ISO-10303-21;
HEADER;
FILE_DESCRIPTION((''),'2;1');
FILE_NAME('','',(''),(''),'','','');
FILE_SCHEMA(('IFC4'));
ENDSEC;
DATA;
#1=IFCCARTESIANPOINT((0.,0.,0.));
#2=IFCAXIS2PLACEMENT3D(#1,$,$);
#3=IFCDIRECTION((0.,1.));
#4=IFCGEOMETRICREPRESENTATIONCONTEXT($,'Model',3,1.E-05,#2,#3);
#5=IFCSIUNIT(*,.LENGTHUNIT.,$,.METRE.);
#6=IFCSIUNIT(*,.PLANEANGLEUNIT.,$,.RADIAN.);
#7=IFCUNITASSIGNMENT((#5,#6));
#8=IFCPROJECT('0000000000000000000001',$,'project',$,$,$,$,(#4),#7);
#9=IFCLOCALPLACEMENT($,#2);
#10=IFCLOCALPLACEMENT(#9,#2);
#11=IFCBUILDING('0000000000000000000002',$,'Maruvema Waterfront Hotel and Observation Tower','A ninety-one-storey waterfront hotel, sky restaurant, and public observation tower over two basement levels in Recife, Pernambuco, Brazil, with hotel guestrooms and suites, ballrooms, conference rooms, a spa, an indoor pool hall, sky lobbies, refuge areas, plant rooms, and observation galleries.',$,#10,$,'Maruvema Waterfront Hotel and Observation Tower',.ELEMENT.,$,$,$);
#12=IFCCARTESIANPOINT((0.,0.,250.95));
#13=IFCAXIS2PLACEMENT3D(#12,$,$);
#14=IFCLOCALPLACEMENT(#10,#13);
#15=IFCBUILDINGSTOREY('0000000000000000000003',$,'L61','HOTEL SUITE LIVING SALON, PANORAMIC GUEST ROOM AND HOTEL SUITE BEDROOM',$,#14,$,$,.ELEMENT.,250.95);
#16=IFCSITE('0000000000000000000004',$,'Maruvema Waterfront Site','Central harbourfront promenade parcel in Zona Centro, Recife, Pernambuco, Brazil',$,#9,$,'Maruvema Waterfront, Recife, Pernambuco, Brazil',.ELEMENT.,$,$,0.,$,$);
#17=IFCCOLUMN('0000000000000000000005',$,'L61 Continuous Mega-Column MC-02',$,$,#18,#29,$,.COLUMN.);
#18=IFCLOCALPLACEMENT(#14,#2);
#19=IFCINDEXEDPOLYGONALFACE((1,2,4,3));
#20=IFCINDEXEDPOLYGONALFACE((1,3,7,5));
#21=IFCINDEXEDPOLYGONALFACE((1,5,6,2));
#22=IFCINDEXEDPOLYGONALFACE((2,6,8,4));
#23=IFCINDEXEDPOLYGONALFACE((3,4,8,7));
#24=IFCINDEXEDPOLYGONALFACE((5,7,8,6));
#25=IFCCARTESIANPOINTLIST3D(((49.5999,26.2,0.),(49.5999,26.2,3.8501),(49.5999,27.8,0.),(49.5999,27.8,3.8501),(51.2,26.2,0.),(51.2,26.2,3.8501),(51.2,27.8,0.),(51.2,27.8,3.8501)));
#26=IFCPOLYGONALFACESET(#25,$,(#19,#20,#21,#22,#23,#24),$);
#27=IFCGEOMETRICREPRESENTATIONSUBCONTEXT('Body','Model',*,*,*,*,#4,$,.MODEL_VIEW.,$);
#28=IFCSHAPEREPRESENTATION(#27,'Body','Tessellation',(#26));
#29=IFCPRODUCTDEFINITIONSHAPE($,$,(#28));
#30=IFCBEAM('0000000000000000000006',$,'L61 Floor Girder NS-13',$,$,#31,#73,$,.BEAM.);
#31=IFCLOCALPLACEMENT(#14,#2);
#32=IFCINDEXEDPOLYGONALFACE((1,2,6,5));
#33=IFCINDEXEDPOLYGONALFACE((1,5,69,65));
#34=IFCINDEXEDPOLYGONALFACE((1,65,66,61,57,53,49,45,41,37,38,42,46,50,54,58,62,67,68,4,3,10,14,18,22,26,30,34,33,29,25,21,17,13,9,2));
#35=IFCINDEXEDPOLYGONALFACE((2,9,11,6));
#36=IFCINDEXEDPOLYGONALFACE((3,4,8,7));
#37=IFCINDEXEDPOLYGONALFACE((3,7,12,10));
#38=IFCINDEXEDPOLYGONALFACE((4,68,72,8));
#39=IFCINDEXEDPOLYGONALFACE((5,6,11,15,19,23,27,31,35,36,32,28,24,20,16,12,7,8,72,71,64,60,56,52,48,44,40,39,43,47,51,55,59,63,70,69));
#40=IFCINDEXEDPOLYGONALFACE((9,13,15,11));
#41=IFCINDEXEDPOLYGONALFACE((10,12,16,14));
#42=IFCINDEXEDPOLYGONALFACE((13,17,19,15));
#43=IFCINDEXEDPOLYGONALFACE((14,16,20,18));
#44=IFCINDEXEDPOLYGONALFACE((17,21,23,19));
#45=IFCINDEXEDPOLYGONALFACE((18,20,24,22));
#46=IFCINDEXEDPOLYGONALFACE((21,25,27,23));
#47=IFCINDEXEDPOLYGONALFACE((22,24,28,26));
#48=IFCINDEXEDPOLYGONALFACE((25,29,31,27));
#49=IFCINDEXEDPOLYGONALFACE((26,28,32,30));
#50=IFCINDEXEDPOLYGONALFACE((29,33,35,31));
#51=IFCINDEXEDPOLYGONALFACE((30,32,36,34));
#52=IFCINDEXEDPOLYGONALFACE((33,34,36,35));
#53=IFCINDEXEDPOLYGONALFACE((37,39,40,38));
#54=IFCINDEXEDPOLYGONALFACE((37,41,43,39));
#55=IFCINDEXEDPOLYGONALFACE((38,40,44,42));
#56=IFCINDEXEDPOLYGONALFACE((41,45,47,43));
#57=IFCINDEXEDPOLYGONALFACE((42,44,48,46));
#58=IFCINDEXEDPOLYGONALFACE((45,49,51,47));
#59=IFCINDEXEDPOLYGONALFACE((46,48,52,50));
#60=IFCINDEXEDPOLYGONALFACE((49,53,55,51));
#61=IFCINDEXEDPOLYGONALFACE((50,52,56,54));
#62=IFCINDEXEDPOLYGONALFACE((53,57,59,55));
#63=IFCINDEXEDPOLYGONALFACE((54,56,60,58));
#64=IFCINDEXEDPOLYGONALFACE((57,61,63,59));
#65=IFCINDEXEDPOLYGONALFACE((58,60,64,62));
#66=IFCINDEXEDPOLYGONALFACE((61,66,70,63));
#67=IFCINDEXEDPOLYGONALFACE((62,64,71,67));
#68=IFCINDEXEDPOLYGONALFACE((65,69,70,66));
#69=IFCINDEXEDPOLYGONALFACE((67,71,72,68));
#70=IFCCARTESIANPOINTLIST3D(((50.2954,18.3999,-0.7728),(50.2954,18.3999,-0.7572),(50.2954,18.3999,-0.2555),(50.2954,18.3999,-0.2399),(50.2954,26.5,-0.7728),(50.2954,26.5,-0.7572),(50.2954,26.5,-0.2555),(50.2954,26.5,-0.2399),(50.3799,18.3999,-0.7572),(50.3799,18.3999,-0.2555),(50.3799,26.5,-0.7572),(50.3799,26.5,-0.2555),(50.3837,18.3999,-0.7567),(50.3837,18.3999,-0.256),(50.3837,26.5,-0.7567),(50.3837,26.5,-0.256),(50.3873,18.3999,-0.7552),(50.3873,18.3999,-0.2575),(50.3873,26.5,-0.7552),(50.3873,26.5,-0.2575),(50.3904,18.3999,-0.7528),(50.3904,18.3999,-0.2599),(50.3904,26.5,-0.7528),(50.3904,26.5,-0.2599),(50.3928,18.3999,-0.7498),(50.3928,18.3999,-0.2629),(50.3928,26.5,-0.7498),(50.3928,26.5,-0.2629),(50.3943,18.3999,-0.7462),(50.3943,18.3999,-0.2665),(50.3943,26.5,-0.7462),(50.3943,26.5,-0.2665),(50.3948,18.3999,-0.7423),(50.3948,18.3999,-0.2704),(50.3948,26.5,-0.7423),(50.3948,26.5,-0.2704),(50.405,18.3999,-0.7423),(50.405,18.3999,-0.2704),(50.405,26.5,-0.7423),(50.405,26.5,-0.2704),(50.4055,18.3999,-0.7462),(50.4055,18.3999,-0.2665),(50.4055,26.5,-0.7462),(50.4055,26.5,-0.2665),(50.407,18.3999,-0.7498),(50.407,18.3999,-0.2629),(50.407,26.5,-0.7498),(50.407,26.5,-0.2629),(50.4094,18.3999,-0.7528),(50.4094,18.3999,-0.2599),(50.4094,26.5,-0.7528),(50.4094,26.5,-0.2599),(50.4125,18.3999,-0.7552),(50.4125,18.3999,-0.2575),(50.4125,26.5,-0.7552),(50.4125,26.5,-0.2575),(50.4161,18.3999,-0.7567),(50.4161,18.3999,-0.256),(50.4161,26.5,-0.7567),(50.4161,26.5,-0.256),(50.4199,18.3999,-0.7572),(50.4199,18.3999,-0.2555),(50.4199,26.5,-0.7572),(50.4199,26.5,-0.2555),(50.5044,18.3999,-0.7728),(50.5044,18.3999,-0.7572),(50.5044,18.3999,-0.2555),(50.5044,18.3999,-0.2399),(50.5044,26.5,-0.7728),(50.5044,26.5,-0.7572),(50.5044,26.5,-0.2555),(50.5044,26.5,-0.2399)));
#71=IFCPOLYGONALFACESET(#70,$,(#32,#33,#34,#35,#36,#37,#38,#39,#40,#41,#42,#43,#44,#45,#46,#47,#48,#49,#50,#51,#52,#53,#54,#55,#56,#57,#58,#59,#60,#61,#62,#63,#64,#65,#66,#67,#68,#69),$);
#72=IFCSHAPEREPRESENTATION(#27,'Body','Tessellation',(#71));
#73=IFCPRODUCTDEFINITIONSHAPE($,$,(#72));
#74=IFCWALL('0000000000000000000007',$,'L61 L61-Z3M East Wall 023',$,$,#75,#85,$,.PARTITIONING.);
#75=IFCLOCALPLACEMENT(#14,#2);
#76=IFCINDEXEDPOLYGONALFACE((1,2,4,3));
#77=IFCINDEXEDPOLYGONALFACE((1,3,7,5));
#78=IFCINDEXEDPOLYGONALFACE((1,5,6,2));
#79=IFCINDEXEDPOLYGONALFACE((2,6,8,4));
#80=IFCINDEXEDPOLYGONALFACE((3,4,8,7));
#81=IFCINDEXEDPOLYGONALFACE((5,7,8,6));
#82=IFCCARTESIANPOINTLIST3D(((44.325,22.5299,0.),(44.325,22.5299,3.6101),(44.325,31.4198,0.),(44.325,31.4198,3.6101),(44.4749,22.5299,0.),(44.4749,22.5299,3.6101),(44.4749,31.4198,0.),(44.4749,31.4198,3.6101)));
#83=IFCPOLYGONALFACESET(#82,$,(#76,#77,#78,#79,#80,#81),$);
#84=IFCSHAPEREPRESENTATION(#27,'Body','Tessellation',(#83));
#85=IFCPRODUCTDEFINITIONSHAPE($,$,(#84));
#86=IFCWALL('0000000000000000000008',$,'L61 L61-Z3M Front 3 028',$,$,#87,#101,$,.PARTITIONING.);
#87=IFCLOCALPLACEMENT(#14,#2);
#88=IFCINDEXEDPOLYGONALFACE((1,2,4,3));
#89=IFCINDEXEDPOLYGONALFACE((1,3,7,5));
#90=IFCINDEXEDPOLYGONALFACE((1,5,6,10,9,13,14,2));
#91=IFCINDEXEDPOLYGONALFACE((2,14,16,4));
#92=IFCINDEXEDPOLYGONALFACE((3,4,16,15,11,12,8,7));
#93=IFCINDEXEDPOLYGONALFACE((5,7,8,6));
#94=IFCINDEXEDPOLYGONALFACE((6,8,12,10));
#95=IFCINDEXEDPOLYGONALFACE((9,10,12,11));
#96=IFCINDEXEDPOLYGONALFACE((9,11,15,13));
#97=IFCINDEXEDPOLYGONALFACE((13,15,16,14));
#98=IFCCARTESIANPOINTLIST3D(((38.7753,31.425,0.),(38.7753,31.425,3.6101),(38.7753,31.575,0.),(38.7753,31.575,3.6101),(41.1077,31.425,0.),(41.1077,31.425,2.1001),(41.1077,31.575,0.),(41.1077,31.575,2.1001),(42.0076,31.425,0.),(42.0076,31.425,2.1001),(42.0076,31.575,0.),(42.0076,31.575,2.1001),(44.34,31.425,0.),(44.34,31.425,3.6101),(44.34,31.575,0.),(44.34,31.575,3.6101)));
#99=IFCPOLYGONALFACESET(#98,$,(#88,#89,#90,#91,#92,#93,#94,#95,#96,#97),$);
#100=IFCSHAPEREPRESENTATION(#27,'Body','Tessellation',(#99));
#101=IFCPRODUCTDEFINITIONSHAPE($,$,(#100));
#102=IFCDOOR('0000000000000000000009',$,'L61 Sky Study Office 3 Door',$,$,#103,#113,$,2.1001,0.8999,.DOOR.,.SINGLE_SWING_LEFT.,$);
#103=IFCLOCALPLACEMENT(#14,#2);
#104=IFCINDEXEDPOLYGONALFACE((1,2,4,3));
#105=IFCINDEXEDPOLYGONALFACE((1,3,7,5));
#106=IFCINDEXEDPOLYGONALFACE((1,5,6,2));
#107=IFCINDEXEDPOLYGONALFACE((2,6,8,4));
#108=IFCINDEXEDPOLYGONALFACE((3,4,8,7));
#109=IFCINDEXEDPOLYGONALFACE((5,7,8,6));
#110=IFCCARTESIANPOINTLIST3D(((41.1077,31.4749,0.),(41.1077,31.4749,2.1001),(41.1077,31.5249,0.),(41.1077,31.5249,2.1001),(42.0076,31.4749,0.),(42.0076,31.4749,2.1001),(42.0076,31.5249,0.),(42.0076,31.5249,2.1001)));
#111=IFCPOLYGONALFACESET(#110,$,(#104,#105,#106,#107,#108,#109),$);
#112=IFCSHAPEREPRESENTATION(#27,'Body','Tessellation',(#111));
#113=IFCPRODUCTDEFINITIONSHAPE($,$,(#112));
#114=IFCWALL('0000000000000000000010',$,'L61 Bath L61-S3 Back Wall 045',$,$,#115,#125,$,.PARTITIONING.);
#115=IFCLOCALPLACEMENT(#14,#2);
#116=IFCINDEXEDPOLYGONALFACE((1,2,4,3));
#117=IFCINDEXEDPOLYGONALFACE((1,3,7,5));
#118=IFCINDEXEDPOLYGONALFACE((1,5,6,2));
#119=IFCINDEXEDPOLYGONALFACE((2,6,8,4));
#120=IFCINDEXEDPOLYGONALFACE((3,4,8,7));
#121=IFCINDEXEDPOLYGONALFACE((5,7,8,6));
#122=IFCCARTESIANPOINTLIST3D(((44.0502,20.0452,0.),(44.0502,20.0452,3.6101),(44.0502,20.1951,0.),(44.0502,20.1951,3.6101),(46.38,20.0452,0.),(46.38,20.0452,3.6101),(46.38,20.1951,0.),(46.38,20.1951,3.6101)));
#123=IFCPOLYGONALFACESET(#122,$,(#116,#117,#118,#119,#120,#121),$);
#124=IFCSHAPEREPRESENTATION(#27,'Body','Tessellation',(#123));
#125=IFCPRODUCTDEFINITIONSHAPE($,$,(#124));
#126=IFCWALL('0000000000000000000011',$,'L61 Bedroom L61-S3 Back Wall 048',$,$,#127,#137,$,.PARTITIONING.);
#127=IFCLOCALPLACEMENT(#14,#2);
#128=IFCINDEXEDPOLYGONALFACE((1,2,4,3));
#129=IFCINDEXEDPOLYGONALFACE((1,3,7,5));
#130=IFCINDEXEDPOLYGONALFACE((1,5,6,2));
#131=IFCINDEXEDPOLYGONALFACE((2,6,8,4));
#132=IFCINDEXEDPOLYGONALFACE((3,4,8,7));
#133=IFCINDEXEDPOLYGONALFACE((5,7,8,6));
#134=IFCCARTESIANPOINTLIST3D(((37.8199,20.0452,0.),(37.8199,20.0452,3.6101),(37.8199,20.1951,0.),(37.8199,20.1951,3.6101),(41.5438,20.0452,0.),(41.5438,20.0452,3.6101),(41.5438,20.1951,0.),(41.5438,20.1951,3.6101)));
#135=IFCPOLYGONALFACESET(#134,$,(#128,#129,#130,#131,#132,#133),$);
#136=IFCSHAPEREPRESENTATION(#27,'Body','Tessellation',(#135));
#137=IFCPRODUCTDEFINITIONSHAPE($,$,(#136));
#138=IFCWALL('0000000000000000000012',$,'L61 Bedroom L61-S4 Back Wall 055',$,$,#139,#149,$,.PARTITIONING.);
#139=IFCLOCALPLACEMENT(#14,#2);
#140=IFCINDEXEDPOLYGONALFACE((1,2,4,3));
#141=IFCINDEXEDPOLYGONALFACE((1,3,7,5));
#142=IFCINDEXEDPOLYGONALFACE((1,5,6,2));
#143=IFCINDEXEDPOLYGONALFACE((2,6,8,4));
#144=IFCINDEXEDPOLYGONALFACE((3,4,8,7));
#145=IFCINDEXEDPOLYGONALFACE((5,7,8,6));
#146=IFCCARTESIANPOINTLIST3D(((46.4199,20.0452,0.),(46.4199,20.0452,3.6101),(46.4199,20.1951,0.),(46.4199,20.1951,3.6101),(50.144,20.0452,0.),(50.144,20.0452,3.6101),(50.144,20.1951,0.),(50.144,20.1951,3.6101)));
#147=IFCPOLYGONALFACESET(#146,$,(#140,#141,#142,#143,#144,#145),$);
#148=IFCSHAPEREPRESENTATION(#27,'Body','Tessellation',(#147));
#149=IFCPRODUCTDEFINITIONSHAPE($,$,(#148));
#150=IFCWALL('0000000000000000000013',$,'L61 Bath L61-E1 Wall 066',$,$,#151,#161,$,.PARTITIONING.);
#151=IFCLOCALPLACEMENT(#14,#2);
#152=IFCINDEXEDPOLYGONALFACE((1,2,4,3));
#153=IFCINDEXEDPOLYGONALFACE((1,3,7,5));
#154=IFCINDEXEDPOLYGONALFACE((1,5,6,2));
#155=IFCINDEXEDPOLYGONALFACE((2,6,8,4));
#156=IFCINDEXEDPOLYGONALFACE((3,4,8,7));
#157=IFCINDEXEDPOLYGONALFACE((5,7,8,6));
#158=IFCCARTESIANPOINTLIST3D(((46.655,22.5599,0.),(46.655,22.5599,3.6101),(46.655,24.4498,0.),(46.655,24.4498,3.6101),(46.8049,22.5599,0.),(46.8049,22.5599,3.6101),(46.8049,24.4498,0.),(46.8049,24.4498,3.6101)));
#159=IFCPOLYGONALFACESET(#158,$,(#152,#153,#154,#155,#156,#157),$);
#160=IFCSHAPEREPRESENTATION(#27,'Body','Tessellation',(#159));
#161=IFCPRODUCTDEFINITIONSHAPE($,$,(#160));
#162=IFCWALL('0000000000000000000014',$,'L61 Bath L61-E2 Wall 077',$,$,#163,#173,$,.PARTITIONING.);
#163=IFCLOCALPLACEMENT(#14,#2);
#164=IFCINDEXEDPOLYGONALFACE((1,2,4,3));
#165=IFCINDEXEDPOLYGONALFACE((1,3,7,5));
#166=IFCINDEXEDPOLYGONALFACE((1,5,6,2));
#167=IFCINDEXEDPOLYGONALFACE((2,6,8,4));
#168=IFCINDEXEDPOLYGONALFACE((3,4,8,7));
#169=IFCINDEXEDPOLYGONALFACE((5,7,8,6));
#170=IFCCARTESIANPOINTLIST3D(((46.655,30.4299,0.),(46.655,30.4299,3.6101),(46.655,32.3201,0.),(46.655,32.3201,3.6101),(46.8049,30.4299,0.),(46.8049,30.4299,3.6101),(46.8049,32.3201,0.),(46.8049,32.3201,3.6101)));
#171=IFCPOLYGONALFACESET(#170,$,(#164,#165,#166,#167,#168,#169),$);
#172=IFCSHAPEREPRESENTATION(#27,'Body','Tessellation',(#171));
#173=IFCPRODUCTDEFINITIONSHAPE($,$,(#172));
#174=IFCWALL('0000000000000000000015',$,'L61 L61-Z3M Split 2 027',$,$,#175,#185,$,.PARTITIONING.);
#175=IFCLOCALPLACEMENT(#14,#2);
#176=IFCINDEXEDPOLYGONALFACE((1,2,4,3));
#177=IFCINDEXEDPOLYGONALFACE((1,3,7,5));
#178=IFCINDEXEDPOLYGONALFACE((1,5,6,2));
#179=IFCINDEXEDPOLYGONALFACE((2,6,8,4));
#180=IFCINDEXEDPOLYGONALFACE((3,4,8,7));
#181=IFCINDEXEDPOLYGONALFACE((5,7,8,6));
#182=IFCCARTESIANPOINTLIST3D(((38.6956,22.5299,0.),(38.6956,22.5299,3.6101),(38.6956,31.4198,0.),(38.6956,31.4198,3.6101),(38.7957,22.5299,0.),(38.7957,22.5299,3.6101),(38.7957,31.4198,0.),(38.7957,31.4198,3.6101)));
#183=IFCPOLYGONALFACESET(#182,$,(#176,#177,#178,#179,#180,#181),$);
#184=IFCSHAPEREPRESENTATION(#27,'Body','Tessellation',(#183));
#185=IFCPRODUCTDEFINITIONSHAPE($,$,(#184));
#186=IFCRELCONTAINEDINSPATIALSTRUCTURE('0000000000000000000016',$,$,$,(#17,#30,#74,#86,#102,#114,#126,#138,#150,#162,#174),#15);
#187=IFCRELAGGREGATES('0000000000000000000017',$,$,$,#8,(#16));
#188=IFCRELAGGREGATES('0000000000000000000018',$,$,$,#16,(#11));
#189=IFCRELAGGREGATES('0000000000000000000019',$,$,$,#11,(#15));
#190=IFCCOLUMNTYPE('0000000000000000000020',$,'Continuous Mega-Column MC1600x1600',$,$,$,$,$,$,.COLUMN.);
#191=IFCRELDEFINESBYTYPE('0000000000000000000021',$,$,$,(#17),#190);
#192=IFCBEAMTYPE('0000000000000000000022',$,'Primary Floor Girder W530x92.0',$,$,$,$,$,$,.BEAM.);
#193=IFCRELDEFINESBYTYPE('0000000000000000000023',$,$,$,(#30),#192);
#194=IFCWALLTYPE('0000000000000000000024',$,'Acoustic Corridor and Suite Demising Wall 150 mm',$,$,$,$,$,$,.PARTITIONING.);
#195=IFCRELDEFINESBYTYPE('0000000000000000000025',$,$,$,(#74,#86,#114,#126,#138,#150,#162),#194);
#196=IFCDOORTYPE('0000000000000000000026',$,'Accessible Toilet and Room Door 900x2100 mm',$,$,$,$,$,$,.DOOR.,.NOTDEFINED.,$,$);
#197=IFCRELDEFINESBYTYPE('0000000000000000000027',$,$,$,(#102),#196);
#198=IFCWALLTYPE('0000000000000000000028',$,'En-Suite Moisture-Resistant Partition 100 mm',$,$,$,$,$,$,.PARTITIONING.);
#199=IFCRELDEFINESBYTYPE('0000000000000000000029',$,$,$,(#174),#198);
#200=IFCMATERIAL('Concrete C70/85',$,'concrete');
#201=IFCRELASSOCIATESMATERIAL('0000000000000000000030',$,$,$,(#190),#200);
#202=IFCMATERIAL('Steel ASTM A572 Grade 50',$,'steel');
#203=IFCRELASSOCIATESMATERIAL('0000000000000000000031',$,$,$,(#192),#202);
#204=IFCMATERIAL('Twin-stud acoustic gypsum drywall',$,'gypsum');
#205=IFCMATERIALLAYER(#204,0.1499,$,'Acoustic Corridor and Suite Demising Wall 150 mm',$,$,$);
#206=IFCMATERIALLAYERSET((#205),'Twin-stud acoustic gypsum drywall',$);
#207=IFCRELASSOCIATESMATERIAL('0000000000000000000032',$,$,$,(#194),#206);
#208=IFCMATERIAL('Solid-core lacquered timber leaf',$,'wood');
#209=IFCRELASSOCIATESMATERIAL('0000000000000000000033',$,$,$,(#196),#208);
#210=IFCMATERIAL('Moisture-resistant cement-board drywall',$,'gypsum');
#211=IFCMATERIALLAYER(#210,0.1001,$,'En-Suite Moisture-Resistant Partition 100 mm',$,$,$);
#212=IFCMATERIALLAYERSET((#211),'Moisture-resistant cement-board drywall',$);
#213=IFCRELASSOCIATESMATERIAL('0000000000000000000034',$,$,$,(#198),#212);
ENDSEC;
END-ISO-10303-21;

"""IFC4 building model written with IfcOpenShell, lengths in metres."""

from ifc_helpers import new_model, si_unit, direction, frame, frame_2d, origin, origin_2d, place, context, subcontext, project, spatial, rectangle, i_section, extrude, material, layer, layer_set, material_profile, profile_set, type_object, element, fill, save


model = new_model("IFC4")

# Units and contexts
model_context = context("Model", 3, precision=1e-05, world=origin(), true_north=direction((0.0, 1.0)))
body_context = subcontext(model_context, "Body", "Model", "MODEL_VIEW")
ifc_project = project(units=[si_unit("LENGTHUNIT", "METRE"), si_unit("PLANEANGLEUNIT", "RADIAN")], contexts=[model_context])

# Site, building, storey
site_placement = place(None, origin())
site = spatial("IfcSite", under=ifc_project, at=site_placement, Name="Maruvema Waterfront Site", Description="Central harbourfront promenade parcel in Zona Centro, Recife, Pernambuco, Brazil", LongName="Maruvema Waterfront, Recife, Pernambuco, Brazil", CompositionType="ELEMENT", RefElevation=0.0)
building_placement = place(site_placement, origin())
building = spatial("IfcBuilding", under=site, at=building_placement, Name="Maruvema Waterfront Hotel and Observation Tower", Description="A ninety-one-storey waterfront hotel, sky restaurant, and public observation tower over two basement levels in Recife, Pernambuco, Brazil, with hotel guestrooms and suites, ballrooms, conference rooms, a spa, an indoor pool hall, sky lobbies, refuge areas, plant rooms, and observation galleries.", LongName="Maruvema Waterfront Hotel and Observation Tower", CompositionType="ELEMENT")
storey_placement = place(building_placement, frame((0.0, 0.0, 250.95)))
storey = spatial("IfcBuildingStorey", under=building, at=storey_placement, Name="L61", Description="HOTEL SUITE LIVING SALON, PANORAMIC GUEST ROOM AND HOTEL SUITE BEDROOM", CompositionType="ELEMENT", Elevation=250.95)

# Column
ifc_material_1 = material(Name="Concrete C70/85", Category="concrete")
ifc_material_profile_1 = material_profile(ifc_material_1, rectangle(XDim=1.6001, YDim=1.6001, at=origin_2d()), Name="MC1600x1600")
ifc_profile_set_1 = profile_set([ifc_material_profile_1], Name="Concrete C70/85")
column_type = type_object("IfcColumnType", Name="Continuous Mega-Column MC1600x1600", PredefinedType="COLUMN", material=ifc_profile_set_1)
column_placement = place(storey_placement, frame((50.3999, 27.0, 0.0), z_axis=(0.0, 0.0, 1.0), x_axis=(1.0, 0.0, 0.0)))
element("IfcColumn", 1, at=column_placement, inside=storey, type_object=column_type, Name="L61 Continuous Mega-Column MC-02", PredefinedType="COLUMN", context=body_context, shape_type="SweptSolid", body=[
    extrude(rectangle(XDim=1.6001, YDim=1.6001, at=origin_2d()), origin(), (0.0, 0.0, 1.0), 3.8501),
])

# Beam
ifc_material_2 = material(Name="Steel ASTM A572 Grade 50", Category="steel")
ifc_material_profile_2 = material_profile(ifc_material_2, i_section(OverallWidth=0.209, OverallDepth=0.533, WebThickness=0.0103, FlangeThickness=0.0156, FilletRadius=0.0149, at=origin_2d()), Name="W530x92.0")
ifc_profile_set_2 = profile_set([ifc_material_profile_2], Name="Steel ASTM A572 Grade 50")
beam_type = type_object("IfcBeamType", Name="Primary Floor Girder W530x92.0", PredefinedType="BEAM", material=ifc_profile_set_2)
beam_placement = place(storey_placement, frame((50.3999, 18.3999, -0.5063), z_axis=(0.0, 1.0, 0.0), x_axis=(-1.0, 0.0, 0.0)))
element("IfcBeam", 2, at=beam_placement, inside=storey, type_object=beam_type, Name="L61 Floor Girder NS-13", PredefinedType="BEAM", context=body_context, shape_type="SweptSolid", body=[
    extrude(i_section(OverallWidth=0.209, OverallDepth=0.533, WebThickness=0.0103, FlangeThickness=0.0156, FilletRadius=0.0149, at=origin_2d()), origin(), (0.0, 0.0, 1.0), 8.1001),
])

# Wall
ifc_material_3 = material(Name="Twin-stud acoustic gypsum drywall", Category="gypsum")
ifc_layer_1 = layer(ifc_material_3, 0.1499, Name="Acoustic Corridor and Suite Demising Wall 150 mm")
ifc_layer_set_1 = layer_set([ifc_layer_1], Name="Twin-stud acoustic gypsum drywall")
wall_type_1 = type_object("IfcWallType", Name="Acoustic Corridor and Suite Demising Wall 150 mm", PredefinedType="PARTITIONING", material=ifc_layer_set_1)
wall_1_placement = place(storey_placement, frame((44.3999, 22.53, 0.0), z_axis=(0.0, 0.0, 1.0), x_axis=(0.0, 1.0, 0.0)))
element("IfcWall", 3, at=wall_1_placement, inside=storey, type_object=wall_type_1, Name="L61 L61-Z3M East Wall 023", PredefinedType="PARTITIONING", context=body_context, shape_type="SweptSolid", body=[
    extrude(rectangle(XDim=8.8899, YDim=0.1499, at=frame_2d((4.4448, 0.0))), origin(), (0.0, 0.0, 1.0), 3.6101),
])

# Wall, opening, door
wall_2_placement = place(storey_placement, frame((38.7754, 31.5, 0.0), z_axis=(0.0, 0.0, 1.0), x_axis=(1.0, 0.0, 0.0)))
wall_2 = element("IfcWall", 4, at=wall_2_placement, inside=storey, type_object=wall_type_1, Name="L61 L61-Z3M Front 3 028", PredefinedType="PARTITIONING", context=body_context, shape_type="SweptSolid", body=[
    extrude(rectangle(XDim=5.5647, YDim=0.1499, at=frame_2d((2.7822, 0.0))), origin(), (0.0, 0.0, 1.0), 3.6101),
])
opening_1_placement = place(wall_2_placement, frame((2.3323, 0.0, 0.0)))
opening_1 = element("IfcOpeningElement", 5, at=opening_1_placement, cuts=wall_2, PredefinedType="OPENING", context=body_context, shape_type="SweptSolid", body=[
    extrude(rectangle(XDim=0.8999, YDim=2.1001, at=frame_2d((0.45, 1.05))), frame((0.0, 0.085, 0.0), z_axis=(0.0, -1.0, 0.0), x_axis=(1.0, 0.0, 0.0)), (0.0, 0.0, 1.0), 0.1699),
])
ifc_material_4 = material(Name="Solid-core lacquered timber leaf", Category="wood")
door_type_1 = type_object("IfcDoorType", Name="Accessible Toilet and Room Door 900x2100 mm", OperationType="NOTDEFINED", PredefinedType="DOOR", material=ifc_material_4)
door_1_placement = place(opening_1_placement, origin())
door_1 = element("IfcDoor", 6, at=door_1_placement, inside=storey, type_object=door_type_1, Name="L61 Sky Study Office 3 Door", OperationType="SINGLE_SWING_LEFT", OverallHeight=2.1001, OverallWidth=0.8999, PredefinedType="DOOR", context=body_context, shape_type="SweptSolid", body=[
    extrude(rectangle(XDim=0.8999, YDim=2.1001, at=frame_2d((0.45, 1.05))), frame((0.0, 0.0249, 0.0), z_axis=(0.0, -1.0, 0.0), x_axis=(1.0, 0.0, 0.0)), (0.0, 0.0, 1.0), 0.05),
])
fill(opening_1, door_1)

# Walls
wall_3_placement = place(storey_placement, frame((44.05, 20.1201, 0.0), z_axis=(0.0, 0.0, 1.0), x_axis=(1.0, 0.0, 0.0)))
element("IfcWall", 7, at=wall_3_placement, inside=storey, type_object=wall_type_1, Name="L61 Bath L61-S3 Back Wall 045", PredefinedType="PARTITIONING", context=body_context, shape_type="SweptSolid", body=[
    extrude(rectangle(XDim=2.3298, YDim=0.1499, at=frame_2d((1.165, 0.0))), origin(), (0.0, 0.0, 1.0), 3.6101),
])
wall_4_placement = place(storey_placement, frame((37.8201, 20.1201, 0.0), z_axis=(0.0, 0.0, 1.0), x_axis=(1.0, 0.0, 0.0)))
element("IfcWall", 8, at=wall_4_placement, inside=storey, type_object=wall_type_1, Name="L61 Bedroom L61-S3 Back Wall 048", PredefinedType="PARTITIONING", context=body_context, shape_type="SweptSolid", body=[
    extrude(rectangle(XDim=3.7239, YDim=0.1499, at=frame_2d((1.8618, 0.0))), origin(), (0.0, 0.0, 1.0), 3.6101),
])

# Wall
wall_5_placement = place(storey_placement, frame((46.4199, 20.1201, 0.0), z_axis=(0.0, 0.0, 1.0), x_axis=(1.0, 0.0, 0.0)))
element("IfcWall", 9, at=wall_5_placement, inside=storey, type_object=wall_type_1, Name="L61 Bedroom L61-S4 Back Wall 055", PredefinedType="PARTITIONING", context=body_context, shape_type="SweptSolid", body=[
    extrude(rectangle(XDim=3.7241, YDim=0.1499, at=frame_2d((1.8621, 0.0))), origin(), (0.0, 0.0, 1.0), 3.6101),
])

# Wall
wall_6_placement = place(storey_placement, frame((46.73, 22.5601, 0.0), z_axis=(0.0, 0.0, 1.0), x_axis=(0.0, 1.0, 0.0)))
element("IfcWall", 10, at=wall_6_placement, inside=storey, type_object=wall_type_1, Name="L61 Bath L61-E1 Wall 066", PredefinedType="PARTITIONING", context=body_context, shape_type="SweptSolid", body=[
    extrude(rectangle(XDim=1.8899, YDim=0.1499, at=frame_2d((0.9448, 0.0))), origin(), (0.0, 0.0, 1.0), 3.6101),
])

# Walls
wall_7_placement = place(storey_placement, frame((46.73, 30.4299, 0.0), z_axis=(0.0, 0.0, 1.0), x_axis=(0.0, 1.0, 0.0)))
element("IfcWall", 11, at=wall_7_placement, inside=storey, type_object=wall_type_1, Name="L61 Bath L61-E2 Wall 077", PredefinedType="PARTITIONING", context=body_context, shape_type="SweptSolid", body=[
    extrude(rectangle(XDim=1.8901, YDim=0.1499, at=frame_2d((0.9451, 0.0))), origin(), (0.0, 0.0, 1.0), 3.6101),
])
ifc_material_5 = material(Name="Moisture-resistant cement-board drywall", Category="gypsum")
ifc_layer_2 = layer(ifc_material_5, 0.1001, Name="En-Suite Moisture-Resistant Partition 100 mm")
ifc_layer_set_2 = layer_set([ifc_layer_2], Name="Moisture-resistant cement-board drywall")
wall_type_2 = type_object("IfcWallType", Name="En-Suite Moisture-Resistant Partition 100 mm", PredefinedType="PARTITIONING", material=ifc_layer_set_2)
wall_8_placement = place(storey_placement, frame((38.7456, 22.53, 0.0), z_axis=(0.0, 0.0, 1.0), x_axis=(0.0, 1.0, 0.0)))
element("IfcWall", 12, at=wall_8_placement, inside=storey, type_object=wall_type_2, Name="L61 L61-Z3M Split 2 027", PredefinedType="PARTITIONING", context=body_context, shape_type="SweptSolid", body=[
    extrude(rectangle(XDim=8.8899, YDim=0.1001, at=frame_2d((4.4448, 0.0))), origin(), (0.0, 0.0, 1.0), 3.6101),
])

save(model, "model.ifc")
